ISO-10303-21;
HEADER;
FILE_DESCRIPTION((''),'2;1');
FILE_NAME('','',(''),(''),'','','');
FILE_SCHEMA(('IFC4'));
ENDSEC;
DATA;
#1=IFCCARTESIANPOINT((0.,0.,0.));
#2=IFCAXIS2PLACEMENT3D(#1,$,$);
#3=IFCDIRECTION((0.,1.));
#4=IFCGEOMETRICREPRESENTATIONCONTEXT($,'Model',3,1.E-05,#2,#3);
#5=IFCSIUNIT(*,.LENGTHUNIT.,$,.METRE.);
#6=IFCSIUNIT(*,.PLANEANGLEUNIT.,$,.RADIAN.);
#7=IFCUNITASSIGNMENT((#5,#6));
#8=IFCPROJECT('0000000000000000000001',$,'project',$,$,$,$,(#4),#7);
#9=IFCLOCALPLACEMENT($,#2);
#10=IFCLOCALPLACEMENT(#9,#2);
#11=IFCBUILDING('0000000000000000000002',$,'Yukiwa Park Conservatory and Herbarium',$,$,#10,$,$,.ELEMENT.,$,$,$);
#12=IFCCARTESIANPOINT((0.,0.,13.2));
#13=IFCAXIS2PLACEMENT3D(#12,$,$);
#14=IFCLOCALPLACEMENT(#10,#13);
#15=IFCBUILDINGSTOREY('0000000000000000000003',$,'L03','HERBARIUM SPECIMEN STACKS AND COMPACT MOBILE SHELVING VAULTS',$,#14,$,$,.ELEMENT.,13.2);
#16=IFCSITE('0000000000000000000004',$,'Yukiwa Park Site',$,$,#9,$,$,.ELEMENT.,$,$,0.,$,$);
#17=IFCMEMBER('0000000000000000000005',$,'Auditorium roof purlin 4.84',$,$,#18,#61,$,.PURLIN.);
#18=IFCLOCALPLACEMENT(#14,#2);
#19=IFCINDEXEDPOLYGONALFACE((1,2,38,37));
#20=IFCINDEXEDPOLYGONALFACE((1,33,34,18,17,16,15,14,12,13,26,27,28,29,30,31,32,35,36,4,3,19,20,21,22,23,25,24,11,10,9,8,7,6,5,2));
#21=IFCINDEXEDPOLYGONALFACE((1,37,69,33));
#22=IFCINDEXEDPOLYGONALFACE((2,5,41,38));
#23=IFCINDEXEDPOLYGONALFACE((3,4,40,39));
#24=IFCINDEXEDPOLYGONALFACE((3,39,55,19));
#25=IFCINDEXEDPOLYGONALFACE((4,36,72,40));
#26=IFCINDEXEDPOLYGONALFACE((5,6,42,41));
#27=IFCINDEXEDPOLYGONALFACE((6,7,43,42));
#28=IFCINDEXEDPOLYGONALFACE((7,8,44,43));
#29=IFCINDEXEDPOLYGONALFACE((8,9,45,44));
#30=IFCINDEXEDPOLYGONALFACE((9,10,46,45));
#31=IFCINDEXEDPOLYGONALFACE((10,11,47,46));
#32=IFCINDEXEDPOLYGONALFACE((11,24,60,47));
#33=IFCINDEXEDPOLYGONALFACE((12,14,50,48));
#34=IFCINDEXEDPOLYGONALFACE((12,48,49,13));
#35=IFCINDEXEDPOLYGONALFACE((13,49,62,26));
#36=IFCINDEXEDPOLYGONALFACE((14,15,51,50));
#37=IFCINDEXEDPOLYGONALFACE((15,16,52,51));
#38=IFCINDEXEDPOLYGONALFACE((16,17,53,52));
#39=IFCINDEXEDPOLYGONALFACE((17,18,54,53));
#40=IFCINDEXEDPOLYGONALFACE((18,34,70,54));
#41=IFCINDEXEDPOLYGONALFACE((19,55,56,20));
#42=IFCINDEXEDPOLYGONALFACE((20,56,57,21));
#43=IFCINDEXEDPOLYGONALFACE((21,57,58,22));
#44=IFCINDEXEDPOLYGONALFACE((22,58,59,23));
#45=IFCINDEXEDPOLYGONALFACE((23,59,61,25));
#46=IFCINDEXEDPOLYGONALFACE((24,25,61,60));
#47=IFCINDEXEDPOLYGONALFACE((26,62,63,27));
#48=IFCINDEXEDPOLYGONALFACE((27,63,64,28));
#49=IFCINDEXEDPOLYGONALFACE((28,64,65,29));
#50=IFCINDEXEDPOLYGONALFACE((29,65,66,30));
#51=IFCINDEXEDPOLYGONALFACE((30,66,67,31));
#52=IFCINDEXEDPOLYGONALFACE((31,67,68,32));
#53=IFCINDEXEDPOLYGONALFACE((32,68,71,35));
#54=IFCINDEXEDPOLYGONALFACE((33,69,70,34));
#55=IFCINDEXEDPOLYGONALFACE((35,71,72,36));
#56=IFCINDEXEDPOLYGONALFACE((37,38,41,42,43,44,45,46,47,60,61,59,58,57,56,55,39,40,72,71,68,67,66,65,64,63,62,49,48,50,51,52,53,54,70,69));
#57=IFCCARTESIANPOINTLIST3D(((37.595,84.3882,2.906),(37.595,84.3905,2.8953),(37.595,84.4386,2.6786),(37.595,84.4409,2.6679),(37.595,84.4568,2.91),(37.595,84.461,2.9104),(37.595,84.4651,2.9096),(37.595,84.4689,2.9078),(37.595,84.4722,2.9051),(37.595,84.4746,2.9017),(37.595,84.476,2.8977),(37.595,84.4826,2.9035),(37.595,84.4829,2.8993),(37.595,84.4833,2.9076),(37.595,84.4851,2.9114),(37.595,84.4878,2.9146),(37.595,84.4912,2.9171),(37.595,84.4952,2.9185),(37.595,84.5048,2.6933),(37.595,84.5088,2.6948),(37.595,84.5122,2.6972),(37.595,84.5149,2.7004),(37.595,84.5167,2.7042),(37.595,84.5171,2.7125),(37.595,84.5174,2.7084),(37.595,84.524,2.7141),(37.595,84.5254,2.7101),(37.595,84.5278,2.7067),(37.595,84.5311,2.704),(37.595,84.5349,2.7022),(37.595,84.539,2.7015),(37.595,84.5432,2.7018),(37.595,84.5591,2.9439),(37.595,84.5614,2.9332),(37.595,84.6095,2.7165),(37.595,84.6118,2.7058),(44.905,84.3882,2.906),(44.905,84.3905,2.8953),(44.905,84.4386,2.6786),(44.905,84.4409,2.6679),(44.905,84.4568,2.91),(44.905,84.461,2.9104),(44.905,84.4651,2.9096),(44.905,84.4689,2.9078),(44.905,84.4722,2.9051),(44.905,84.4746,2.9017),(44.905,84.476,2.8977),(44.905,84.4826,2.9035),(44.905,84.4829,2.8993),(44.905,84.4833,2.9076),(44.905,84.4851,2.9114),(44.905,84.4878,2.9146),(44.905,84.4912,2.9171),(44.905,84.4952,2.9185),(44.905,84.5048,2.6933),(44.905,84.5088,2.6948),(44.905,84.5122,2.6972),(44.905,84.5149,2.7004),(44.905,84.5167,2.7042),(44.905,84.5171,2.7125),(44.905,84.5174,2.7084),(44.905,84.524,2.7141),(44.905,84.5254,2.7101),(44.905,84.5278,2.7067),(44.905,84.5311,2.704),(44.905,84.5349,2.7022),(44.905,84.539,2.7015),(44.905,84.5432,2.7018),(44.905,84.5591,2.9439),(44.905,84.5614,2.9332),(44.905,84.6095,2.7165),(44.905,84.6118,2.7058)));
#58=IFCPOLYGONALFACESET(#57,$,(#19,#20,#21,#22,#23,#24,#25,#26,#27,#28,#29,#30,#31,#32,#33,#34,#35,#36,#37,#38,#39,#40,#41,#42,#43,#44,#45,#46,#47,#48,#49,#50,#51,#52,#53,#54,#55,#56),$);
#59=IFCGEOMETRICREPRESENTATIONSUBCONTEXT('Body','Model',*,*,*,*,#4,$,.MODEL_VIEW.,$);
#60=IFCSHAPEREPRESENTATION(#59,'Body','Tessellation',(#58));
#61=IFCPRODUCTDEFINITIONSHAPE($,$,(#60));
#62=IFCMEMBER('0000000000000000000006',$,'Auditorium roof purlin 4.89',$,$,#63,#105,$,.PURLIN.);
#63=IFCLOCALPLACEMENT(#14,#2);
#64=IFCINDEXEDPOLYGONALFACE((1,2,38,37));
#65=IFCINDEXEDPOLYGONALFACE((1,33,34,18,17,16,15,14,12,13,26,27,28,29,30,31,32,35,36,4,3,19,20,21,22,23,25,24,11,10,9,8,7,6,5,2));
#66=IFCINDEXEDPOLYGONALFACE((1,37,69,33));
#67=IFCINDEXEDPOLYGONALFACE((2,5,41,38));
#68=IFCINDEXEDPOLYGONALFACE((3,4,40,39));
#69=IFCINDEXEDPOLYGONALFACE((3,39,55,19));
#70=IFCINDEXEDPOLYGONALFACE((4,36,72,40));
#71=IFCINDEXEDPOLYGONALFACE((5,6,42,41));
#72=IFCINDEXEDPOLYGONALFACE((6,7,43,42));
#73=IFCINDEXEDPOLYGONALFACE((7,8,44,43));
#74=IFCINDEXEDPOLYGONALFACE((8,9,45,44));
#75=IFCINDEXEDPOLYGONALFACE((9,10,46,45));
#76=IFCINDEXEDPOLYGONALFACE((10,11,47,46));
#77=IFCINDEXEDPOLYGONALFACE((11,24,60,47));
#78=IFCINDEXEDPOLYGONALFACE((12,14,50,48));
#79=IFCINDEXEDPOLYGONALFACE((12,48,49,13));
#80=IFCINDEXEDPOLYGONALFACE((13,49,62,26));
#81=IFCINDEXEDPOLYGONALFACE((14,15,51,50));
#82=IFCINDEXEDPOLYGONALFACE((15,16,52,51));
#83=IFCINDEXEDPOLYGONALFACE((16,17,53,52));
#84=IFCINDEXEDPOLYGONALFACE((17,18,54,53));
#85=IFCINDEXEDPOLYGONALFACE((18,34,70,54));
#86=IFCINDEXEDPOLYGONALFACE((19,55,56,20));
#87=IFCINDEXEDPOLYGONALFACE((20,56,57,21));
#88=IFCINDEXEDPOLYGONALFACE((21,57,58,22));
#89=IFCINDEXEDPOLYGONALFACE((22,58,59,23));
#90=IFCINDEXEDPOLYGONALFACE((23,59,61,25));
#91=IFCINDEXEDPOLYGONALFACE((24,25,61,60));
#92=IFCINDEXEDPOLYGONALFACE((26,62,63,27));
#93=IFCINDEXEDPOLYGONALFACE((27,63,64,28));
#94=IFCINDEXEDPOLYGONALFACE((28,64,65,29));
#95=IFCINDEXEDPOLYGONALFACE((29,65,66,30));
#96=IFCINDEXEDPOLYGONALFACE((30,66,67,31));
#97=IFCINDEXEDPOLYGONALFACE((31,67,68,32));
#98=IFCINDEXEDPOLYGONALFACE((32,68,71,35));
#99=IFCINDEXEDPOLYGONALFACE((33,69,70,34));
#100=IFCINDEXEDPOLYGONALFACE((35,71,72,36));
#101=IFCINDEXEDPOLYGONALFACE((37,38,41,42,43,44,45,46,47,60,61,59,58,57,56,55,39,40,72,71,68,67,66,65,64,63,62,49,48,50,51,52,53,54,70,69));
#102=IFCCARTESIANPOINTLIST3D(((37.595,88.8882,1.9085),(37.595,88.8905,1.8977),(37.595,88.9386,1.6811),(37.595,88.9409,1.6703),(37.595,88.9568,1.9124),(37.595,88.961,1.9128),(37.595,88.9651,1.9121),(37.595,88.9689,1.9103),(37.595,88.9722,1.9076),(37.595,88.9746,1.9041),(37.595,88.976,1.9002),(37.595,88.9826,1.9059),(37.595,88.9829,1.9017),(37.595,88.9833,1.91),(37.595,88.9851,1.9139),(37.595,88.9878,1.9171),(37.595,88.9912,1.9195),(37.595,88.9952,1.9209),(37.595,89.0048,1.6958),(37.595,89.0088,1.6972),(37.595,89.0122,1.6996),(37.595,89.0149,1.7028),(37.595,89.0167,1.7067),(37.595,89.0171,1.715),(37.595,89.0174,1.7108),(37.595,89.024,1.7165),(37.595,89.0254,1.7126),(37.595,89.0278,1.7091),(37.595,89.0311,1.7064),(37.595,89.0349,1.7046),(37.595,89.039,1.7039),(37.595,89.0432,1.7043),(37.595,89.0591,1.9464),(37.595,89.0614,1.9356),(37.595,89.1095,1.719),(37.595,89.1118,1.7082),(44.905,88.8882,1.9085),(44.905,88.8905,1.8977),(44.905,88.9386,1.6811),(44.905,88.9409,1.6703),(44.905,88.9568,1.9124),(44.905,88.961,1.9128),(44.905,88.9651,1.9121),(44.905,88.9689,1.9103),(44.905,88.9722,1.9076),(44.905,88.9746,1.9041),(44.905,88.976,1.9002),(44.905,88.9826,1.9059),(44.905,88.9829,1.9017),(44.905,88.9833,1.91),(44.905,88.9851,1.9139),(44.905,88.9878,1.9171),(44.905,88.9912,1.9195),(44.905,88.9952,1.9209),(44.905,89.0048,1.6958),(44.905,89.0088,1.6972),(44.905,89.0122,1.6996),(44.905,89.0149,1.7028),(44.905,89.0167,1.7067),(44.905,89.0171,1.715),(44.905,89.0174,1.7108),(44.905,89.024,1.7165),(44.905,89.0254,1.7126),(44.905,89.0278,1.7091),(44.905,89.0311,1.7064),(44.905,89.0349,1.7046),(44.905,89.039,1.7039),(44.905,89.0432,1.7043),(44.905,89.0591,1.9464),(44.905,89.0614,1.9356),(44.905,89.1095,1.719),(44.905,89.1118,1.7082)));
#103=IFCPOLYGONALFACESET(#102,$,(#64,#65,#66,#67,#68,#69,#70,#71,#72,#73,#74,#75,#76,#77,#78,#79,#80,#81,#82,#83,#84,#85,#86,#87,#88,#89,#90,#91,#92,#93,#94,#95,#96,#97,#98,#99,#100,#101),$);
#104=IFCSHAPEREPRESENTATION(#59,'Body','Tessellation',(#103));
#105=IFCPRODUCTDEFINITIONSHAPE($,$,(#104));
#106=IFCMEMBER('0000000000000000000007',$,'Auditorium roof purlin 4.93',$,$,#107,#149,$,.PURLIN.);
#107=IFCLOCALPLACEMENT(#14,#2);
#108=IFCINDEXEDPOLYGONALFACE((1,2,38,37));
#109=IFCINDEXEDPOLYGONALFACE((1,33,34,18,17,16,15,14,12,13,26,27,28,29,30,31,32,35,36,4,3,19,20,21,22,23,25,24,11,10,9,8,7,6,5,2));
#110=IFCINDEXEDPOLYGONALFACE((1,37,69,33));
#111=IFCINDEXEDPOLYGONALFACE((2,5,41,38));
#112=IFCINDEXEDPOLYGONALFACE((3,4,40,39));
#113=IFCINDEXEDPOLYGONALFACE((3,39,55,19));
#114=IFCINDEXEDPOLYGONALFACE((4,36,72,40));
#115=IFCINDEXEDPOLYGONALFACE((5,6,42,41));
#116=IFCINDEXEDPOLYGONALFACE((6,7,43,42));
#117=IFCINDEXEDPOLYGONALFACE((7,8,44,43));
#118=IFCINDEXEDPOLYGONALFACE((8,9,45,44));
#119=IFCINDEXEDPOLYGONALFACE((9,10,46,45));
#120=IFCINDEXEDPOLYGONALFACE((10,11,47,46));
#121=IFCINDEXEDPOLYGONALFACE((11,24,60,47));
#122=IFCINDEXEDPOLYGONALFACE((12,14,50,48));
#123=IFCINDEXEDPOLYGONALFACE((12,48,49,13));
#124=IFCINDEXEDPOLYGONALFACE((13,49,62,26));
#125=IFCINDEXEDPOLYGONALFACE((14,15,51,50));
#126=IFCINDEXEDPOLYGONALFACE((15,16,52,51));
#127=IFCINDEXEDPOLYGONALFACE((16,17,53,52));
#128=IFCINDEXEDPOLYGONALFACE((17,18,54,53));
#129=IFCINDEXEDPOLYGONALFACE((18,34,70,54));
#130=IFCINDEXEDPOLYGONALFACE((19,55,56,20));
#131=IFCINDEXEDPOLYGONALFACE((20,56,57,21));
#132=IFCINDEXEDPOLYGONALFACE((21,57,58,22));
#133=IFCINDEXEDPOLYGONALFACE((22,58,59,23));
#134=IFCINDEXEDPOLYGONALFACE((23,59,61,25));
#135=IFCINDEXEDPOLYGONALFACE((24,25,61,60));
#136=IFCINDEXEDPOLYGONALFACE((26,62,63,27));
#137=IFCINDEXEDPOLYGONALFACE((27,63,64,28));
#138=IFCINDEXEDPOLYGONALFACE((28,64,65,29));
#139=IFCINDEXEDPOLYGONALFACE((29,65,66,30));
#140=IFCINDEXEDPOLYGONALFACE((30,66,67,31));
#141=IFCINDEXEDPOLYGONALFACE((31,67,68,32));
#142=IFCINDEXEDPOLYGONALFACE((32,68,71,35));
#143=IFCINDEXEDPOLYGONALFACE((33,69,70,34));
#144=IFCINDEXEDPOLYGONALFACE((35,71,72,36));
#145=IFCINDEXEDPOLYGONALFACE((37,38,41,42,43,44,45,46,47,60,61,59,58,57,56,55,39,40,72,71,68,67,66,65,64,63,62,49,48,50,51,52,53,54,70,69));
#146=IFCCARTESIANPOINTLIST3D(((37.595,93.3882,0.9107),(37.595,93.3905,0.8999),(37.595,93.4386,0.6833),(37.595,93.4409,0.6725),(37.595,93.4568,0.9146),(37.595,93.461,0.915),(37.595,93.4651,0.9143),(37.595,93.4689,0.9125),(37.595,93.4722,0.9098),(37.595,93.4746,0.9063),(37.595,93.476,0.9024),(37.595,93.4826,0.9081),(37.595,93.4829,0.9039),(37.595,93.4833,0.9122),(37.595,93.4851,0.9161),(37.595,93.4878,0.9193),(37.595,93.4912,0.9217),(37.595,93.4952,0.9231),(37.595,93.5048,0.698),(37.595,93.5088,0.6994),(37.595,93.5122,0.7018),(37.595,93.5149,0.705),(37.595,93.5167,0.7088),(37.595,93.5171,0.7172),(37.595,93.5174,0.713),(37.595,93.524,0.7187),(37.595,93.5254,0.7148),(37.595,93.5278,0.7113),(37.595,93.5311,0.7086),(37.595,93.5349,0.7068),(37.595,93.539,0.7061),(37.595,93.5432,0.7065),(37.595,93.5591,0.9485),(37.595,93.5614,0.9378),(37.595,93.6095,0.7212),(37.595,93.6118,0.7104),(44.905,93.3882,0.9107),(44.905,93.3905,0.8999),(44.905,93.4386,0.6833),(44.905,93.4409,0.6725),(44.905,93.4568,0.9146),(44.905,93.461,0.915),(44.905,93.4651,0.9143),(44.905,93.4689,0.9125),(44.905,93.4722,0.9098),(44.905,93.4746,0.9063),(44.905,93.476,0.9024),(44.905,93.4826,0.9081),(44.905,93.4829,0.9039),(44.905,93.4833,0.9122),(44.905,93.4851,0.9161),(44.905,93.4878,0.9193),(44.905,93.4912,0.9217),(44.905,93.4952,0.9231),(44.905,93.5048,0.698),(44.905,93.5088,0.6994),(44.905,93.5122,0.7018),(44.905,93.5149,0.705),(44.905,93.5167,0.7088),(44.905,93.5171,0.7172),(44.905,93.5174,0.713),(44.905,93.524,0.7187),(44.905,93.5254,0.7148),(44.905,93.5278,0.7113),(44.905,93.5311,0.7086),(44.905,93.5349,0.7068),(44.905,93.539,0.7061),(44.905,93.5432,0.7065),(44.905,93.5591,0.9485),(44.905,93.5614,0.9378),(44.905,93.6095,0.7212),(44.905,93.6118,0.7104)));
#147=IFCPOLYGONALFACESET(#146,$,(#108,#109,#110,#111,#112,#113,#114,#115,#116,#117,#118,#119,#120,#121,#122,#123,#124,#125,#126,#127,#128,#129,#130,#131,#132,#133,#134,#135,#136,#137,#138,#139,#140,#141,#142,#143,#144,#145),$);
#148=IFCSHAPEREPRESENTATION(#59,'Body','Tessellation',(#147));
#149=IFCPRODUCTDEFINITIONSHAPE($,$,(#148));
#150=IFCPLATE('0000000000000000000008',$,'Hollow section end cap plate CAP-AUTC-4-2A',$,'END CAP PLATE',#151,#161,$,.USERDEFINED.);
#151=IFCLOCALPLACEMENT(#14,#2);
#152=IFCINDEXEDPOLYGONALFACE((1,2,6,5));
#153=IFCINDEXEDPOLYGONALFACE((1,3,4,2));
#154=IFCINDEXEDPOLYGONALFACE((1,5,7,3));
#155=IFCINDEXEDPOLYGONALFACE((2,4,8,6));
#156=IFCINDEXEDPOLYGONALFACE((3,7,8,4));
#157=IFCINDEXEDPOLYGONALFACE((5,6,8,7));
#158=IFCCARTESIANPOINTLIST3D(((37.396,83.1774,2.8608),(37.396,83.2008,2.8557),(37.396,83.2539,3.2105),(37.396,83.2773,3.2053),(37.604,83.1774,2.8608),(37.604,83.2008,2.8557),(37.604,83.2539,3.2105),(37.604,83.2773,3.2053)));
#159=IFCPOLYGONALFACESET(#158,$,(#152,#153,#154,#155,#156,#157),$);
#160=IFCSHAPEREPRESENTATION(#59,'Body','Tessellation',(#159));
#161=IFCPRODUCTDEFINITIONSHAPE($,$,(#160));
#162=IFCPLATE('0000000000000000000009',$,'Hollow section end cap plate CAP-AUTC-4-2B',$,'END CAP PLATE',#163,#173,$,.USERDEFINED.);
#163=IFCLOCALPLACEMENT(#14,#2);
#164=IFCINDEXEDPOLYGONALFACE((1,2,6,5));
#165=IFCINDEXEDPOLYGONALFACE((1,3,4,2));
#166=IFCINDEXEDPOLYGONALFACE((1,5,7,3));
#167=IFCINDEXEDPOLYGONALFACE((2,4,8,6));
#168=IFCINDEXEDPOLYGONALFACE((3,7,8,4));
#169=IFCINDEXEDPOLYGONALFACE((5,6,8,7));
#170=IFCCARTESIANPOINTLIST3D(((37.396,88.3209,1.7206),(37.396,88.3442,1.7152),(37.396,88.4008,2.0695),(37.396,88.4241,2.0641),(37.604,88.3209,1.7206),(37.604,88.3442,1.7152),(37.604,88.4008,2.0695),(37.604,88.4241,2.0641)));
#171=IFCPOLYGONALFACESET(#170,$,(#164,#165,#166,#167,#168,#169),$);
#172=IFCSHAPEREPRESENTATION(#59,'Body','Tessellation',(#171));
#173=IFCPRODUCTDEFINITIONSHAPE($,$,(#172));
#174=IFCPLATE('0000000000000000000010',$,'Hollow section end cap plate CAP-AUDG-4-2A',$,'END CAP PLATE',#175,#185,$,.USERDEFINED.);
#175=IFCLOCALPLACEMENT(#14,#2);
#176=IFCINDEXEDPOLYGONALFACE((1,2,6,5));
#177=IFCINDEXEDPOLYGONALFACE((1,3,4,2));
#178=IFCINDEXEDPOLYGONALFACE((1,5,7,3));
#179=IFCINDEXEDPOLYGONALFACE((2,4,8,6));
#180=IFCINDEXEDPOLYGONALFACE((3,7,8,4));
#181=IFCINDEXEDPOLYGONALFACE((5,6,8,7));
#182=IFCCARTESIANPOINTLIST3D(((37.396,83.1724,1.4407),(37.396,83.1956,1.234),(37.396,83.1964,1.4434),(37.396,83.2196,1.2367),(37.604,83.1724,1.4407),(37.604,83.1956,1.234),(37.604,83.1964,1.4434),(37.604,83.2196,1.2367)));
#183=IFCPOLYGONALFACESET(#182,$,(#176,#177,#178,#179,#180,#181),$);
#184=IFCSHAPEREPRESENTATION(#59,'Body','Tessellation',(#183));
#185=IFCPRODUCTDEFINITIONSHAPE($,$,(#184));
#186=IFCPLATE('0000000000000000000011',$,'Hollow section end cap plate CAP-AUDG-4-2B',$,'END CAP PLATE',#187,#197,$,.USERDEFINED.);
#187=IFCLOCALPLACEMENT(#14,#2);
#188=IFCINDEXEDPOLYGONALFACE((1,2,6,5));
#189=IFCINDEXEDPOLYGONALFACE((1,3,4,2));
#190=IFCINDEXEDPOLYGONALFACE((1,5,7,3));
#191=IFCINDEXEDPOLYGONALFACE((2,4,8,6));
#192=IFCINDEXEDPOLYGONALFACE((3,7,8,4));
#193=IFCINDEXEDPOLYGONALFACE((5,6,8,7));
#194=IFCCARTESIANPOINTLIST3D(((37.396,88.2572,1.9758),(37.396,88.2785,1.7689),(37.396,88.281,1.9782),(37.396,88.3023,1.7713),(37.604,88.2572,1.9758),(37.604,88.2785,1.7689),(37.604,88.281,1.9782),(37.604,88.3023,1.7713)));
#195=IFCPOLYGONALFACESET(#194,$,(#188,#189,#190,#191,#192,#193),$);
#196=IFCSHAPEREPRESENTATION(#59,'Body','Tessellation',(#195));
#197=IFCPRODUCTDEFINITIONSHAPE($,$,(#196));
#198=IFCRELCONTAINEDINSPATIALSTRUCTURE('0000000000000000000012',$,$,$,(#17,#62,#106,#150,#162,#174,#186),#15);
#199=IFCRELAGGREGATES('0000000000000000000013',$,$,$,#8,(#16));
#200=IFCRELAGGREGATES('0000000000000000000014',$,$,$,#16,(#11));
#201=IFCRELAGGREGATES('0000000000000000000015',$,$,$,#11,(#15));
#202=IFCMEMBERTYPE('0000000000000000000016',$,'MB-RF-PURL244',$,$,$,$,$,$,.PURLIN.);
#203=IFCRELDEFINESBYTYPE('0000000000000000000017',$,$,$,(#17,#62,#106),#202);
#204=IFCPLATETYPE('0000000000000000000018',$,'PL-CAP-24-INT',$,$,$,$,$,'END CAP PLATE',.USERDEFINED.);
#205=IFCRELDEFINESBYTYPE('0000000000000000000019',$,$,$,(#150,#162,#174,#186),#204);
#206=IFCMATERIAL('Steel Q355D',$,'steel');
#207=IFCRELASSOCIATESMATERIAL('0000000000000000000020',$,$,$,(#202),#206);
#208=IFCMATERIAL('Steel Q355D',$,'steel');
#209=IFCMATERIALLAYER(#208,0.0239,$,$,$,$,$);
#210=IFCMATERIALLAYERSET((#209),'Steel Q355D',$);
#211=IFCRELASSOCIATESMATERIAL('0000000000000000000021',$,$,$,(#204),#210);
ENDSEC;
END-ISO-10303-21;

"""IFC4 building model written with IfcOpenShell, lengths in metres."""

from ifc_helpers import new_model, si_unit, direction, frame, origin, origin_2d, place, context, subcontext, project, spatial, rectangle, i_section, extrude, material, layer, layer_set, material_profile, profile_set, type_object, element, save


model = new_model("IFC4")

# Units and contexts
model_context = context("Model", 3, precision=1e-05, world=origin(), true_north=direction((0.0, 1.0)))
body_context = subcontext(model_context, "Body", "Model", "MODEL_VIEW")
ifc_project = project(units=[si_unit("LENGTHUNIT", "METRE"), si_unit("PLANEANGLEUNIT", "RADIAN")], contexts=[model_context])

# Site, building, storey
site_placement = place(None, origin())
site = spatial("IfcSite", under=ifc_project, at=site_placement, Name="Yukiwa Park Site", CompositionType="ELEMENT", RefElevation=0.0)
building_placement = place(site_placement, origin())
building = spatial("IfcBuilding", under=site, at=building_placement, Name="Yukiwa Park Conservatory and Herbarium", CompositionType="ELEMENT")
storey_placement = place(building_placement, frame((0.0, 0.0, 13.2)))
storey = spatial("IfcBuildingStorey", under=building, at=storey_placement, Name="L03", Description="HERBARIUM SPECIMEN STACKS AND COMPACT MOBILE SHELVING VAULTS", CompositionType="ELEMENT", Elevation=13.2)

# Members
ifc_material_1 = material(Name="Steel Q355D", Category="steel")
ifc_material_profile_1 = material_profile(ifc_material_1, i_section(OverallWidth=0.175, OverallDepth=0.2439, WebThickness=0.0071, FlangeThickness=0.011, FilletRadius=0.0161, at=origin_2d()), Name="HM 244x175x7x11")
ifc_profile_set_1 = profile_set([ifc_material_profile_1], Name="Steel Q355D")
member_type_1 = type_object("IfcMemberType", Name="MB-RF-PURL244", PredefinedType="PURLIN", material=ifc_profile_set_1)
for number, where, z_axis, x_axis, name in (
    (1, (37.595, 84.5, 2.8059), (1.0, 0.0, 0.0), (0.0, 0.976296, 0.21644), "Auditorium roof purlin 4.84"),
    (2, (37.595, 89.0, 1.8083), (1.0, 0.0, 0.0), (0.0, 0.976296, 0.21644), "Auditorium roof purlin 4.89"),
    (3, (37.595, 93.5, 0.8105), (1.0, 0.0, 0.0), (0.0, 0.976296, 0.21644), "Auditorium roof purlin 4.93"),
):
    element("IfcMember", number, at=place(storey_placement, frame(where, z_axis=z_axis, x_axis=x_axis)), inside=storey, type_object=member_type_1, Name=name, PredefinedType="PURLIN", context=body_context, shape_type="SweptSolid", body=[
        extrude(i_section(OverallWidth=0.175, OverallDepth=0.2439, WebThickness=0.0071, FlangeThickness=0.011, FilletRadius=0.0161, at=origin_2d()), origin(), (0.0, 0.0, 1.0), 7.3101),
    ])

# Plates
ifc_material_2 = material(Name="Steel Q355D", Category="steel")
ifc_layer = layer(ifc_material_2, 0.0239)
ifc_layer_set = layer_set([ifc_layer], Name="Steel Q355D")
plate_type = type_object("IfcPlateType", Name="PL-CAP-24-INT", ElementType="END CAP PLATE", PredefinedType="USERDEFINED", material=ifc_layer_set)
for number, where, z_axis, x_axis, name in (
    (4, (37.5, 83.239, 3.0305), (0.0, -0.9769, 0.213697), (1.0, 0.0, 0.0), "Hollow section end cap plate CAP-AUTC-4-2A"),
    (5, (37.5, 88.3608, 1.895), (0.0, 0.974732, -0.223376), (-1.0, 0.0, 0.0), "Hollow section end cap plate CAP-AUTC-4-2B"),
):
    element("IfcPlate", number, at=place(storey_placement, frame(where, z_axis=z_axis, x_axis=x_axis)), inside=storey, type_object=plate_type, Name=name, ObjectType="END CAP PLATE", PredefinedType="USERDEFINED", context=body_context, shape_type="SweptSolid", body=[
        extrude(rectangle(XDim=0.208, YDim=0.3579, at=origin_2d()), origin(), (0.0, 0.0, 1.0), 0.0239),
    ])
plate_1_placement = place(storey_placement, frame((37.5, 83.208, 1.3401), z_axis=(0.0, -0.993759, -0.111544), x_axis=(1.0, 0.0, 0.0)))
element("IfcPlate", 6, at=plate_1_placement, inside=storey, type_object=plate_type, Name="Hollow section end cap plate CAP-AUDG-4-2A", ObjectType="END CAP PLATE", PredefinedType="USERDEFINED", context=body_context, shape_type="SweptSolid", body=[
    extrude(rectangle(XDim=0.208, YDim=0.208, at=origin_2d()), origin(), (0.0, 0.0, 1.0), 0.0242),
])
plate_2_placement = place(storey_placement, frame((37.5, 88.2678, 1.8723), z_axis=(0.0, 0.994728, 0.102549), x_axis=(-1.0, 0.0, 0.0)))
element("IfcPlate", 7, at=plate_2_placement, inside=storey, type_object=plate_type, Name="Hollow section end cap plate CAP-AUDG-4-2B", ObjectType="END CAP PLATE", PredefinedType="USERDEFINED", context=body_context, shape_type="SweptSolid", body=[
    extrude(rectangle(XDim=0.208, YDim=0.208, at=origin_2d()), origin(), (0.0, 0.0, 1.0), 0.0239),
])

save(model, "model.ifc")
